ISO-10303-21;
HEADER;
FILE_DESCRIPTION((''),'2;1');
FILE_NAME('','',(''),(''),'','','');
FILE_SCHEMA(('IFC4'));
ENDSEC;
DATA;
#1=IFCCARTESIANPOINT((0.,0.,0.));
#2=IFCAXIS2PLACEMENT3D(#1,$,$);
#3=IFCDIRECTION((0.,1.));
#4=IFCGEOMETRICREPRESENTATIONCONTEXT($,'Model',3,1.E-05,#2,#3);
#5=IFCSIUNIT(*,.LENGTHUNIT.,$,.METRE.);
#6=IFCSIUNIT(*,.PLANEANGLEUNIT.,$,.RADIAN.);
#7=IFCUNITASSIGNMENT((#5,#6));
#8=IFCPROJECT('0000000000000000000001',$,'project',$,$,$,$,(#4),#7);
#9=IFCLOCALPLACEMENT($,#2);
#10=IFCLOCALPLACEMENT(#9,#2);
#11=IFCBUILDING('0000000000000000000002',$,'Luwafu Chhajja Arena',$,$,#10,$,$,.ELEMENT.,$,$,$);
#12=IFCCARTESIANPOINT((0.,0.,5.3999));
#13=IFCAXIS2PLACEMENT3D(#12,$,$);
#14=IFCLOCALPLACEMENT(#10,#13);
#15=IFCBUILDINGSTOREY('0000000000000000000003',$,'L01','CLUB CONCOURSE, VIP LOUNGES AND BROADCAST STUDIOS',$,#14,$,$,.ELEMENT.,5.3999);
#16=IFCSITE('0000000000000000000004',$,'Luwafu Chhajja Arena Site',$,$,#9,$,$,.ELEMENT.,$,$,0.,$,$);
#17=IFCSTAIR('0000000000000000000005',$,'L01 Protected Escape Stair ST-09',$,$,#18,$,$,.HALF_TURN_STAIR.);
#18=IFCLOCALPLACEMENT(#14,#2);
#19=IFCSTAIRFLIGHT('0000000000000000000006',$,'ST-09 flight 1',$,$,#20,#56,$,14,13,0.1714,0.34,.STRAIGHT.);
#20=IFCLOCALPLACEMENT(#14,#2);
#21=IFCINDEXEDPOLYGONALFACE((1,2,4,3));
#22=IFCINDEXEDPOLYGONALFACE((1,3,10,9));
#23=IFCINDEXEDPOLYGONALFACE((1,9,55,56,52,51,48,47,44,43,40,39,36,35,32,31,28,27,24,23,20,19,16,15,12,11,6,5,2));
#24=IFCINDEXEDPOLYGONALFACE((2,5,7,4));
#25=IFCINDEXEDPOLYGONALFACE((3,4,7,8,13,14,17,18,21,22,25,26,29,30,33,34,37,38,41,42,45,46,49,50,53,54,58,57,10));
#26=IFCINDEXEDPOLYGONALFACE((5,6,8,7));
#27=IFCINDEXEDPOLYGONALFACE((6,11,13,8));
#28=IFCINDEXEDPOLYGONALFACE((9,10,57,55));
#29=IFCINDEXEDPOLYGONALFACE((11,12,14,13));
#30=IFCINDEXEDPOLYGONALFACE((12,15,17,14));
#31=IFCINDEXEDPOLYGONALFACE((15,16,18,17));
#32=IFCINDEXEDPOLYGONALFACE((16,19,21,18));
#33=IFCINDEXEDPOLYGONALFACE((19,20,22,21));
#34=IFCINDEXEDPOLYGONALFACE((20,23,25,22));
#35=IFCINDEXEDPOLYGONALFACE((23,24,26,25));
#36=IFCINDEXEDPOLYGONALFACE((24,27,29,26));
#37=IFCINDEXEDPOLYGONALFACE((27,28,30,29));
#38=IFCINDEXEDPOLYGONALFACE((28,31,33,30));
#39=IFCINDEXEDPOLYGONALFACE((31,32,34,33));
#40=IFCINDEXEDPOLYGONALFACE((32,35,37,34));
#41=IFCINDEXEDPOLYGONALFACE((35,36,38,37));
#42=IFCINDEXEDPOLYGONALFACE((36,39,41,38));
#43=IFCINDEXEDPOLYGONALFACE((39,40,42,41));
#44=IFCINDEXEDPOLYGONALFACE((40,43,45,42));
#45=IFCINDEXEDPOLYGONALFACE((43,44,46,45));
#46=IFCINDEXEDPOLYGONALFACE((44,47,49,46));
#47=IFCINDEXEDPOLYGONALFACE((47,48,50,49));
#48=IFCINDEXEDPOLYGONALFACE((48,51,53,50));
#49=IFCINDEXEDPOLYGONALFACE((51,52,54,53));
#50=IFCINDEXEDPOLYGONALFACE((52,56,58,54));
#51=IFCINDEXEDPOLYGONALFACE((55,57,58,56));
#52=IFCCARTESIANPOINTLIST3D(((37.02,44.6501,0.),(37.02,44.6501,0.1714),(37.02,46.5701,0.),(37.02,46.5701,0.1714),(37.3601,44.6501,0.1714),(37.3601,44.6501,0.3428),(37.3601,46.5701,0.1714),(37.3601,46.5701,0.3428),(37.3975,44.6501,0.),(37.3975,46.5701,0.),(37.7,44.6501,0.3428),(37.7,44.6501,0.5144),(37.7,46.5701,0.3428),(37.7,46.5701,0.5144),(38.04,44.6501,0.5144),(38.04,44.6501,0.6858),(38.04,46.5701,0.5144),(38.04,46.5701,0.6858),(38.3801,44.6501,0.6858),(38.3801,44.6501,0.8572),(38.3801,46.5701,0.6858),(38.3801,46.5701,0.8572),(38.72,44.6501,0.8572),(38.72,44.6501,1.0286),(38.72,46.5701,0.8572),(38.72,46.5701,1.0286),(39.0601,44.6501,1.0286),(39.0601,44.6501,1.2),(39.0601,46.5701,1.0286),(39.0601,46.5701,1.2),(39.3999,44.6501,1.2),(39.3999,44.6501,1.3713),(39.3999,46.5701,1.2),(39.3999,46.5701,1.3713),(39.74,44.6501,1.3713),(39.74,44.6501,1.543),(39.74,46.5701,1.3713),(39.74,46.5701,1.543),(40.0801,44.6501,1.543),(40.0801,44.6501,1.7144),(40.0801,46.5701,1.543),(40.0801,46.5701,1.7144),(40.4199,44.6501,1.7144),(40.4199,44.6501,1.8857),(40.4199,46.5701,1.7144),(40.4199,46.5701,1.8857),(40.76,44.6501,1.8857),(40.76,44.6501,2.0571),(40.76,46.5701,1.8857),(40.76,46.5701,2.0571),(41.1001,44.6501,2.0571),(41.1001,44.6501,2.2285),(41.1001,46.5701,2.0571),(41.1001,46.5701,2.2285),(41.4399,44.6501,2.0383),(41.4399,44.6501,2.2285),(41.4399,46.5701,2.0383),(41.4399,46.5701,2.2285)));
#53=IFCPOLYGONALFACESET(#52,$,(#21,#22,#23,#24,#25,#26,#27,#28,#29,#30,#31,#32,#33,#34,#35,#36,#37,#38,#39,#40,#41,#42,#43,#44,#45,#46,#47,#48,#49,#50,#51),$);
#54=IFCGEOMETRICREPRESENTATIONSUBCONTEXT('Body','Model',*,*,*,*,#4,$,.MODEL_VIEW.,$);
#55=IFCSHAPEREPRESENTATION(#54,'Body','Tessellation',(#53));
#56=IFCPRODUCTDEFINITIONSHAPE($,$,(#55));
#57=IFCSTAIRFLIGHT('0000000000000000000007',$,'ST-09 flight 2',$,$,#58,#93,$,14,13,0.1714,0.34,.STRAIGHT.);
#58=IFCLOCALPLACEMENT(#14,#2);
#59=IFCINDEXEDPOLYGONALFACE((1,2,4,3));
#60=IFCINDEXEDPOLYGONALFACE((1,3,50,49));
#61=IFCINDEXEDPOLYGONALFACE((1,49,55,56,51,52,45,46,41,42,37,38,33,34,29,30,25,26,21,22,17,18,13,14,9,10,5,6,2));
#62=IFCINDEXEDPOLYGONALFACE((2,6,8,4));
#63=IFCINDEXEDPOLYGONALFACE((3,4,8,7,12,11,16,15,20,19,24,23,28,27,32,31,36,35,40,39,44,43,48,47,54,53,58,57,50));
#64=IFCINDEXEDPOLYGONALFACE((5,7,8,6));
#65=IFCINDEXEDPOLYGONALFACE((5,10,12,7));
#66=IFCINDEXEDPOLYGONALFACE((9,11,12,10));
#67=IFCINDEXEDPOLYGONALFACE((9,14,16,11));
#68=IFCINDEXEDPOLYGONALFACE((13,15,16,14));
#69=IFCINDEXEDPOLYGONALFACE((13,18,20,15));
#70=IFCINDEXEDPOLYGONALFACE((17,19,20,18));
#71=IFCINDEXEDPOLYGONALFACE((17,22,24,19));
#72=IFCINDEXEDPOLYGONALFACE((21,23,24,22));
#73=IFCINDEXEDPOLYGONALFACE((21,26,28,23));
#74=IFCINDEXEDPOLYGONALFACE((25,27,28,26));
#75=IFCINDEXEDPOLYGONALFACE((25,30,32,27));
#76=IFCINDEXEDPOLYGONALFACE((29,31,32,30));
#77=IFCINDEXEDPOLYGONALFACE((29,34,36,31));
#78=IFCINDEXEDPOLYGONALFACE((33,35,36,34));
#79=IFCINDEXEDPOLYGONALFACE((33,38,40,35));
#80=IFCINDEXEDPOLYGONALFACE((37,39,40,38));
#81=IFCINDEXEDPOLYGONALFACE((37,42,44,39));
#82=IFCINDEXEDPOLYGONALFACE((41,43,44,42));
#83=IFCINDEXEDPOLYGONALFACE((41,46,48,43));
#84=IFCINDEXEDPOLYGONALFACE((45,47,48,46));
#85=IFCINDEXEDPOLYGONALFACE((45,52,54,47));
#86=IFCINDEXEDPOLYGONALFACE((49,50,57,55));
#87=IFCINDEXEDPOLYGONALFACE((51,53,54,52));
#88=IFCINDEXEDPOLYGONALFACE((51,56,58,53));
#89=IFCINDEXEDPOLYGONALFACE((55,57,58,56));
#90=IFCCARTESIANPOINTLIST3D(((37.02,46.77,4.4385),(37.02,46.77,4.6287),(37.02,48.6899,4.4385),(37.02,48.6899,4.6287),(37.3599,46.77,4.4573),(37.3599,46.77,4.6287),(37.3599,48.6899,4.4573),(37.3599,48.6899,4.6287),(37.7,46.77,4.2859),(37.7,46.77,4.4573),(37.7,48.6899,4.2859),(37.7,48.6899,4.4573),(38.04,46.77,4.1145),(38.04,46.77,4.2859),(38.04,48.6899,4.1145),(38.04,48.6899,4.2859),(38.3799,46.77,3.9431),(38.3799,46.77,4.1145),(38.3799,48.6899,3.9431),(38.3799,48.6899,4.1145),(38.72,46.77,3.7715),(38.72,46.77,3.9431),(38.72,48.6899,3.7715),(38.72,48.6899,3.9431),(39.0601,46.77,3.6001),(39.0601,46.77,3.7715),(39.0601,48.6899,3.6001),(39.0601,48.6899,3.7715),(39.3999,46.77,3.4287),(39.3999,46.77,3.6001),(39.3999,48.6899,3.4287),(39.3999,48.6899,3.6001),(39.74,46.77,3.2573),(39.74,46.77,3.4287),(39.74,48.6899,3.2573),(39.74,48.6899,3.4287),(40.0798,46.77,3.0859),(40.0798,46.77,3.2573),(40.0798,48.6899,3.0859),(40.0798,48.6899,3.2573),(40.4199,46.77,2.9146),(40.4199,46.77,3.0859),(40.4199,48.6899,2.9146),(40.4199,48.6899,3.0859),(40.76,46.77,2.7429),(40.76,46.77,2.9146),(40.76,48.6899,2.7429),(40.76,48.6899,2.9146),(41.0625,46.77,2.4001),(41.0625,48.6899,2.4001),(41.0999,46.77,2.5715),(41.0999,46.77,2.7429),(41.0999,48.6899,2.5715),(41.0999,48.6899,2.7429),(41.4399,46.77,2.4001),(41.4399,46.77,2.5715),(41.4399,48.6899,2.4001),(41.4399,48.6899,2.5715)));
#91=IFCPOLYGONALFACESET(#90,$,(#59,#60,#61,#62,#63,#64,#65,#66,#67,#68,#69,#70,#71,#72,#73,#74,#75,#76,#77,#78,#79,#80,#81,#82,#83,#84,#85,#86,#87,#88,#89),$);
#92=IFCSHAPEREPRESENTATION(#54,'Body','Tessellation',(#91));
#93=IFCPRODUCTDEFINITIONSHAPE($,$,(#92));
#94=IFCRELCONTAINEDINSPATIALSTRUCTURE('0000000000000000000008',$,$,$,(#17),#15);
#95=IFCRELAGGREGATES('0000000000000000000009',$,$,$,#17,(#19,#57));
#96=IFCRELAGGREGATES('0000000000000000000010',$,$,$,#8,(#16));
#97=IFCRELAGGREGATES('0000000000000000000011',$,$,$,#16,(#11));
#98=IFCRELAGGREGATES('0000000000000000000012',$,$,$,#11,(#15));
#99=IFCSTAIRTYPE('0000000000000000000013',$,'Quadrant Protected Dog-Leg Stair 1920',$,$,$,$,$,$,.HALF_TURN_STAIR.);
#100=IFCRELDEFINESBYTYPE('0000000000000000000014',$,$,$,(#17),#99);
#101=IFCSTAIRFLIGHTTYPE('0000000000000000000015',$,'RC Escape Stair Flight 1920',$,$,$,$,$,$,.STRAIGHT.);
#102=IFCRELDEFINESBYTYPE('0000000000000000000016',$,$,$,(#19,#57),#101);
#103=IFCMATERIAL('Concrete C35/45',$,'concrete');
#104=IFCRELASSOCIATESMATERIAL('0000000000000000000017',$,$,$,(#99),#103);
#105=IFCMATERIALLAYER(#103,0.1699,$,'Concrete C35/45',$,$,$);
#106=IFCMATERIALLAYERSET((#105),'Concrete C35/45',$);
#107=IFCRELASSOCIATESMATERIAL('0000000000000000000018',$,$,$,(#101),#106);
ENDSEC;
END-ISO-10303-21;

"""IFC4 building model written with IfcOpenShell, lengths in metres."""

from ifc_helpers import new_model, si_unit, direction, frame, origin, place, context, subcontext, project, spatial, polyline, outline, extrude, material, layer, layer_set, type_object, element, aggregate, save


model = new_model("IFC4")

# Units and contexts
model_context = context("Model", 3, precision=1e-05, world=origin(), true_north=direction((0.0, 1.0)))
body_context = subcontext(model_context, "Body", "Model", "MODEL_VIEW")
ifc_project = project(units=[si_unit("LENGTHUNIT", "METRE"), si_unit("PLANEANGLEUNIT", "RADIAN")], contexts=[model_context])

# Site, building, storey
site_placement = place(None, origin())
site = spatial("IfcSite", under=ifc_project, at=site_placement, Name="Luwafu Chhajja Arena Site", CompositionType="ELEMENT", RefElevation=0.0)
building_placement = place(site_placement, origin())
building = spatial("IfcBuilding", under=site, at=building_placement, Name="Luwafu Chhajja Arena", CompositionType="ELEMENT")
storey_placement = place(building_placement, frame((0.0, 0.0, 5.3999)))
storey = spatial("IfcBuildingStorey", under=building, at=storey_placement, Name="L01", Description="CLUB CONCOURSE, VIP LOUNGES AND BROADCAST STUDIOS", CompositionType="ELEMENT", Elevation=5.3999)

# Shared definitions
ifc_material_1 = material(Name="Concrete C35/45", Category="concrete")

# Stair, stair flights
stair_type = type_object("IfcStairType", Name="Quadrant Protected Dog-Leg Stair 1920", PredefinedType="HALF_TURN_STAIR", material=ifc_material_1)
stair_placement = place(storey_placement, origin())
stair = element("IfcStair", 1, at=stair_placement, inside=storey, type_object=stair_type, Name="L01 Protected Escape Stair ST-09", PredefinedType="HALF_TURN_STAIR")
ifc_layer_1 = layer(ifc_material_1, 0.1699, Name="Concrete C35/45")
ifc_layer_set_1 = layer_set([ifc_layer_1], Name="Concrete C35/45")
stair_flight_type = type_object("IfcStairFlightType", Name="RC Escape Stair Flight 1920", PredefinedType="STRAIGHT", material=ifc_layer_set_1)
stair_flight_1_placement = place(storey_placement, frame((37.02, 45.6101, 0.0), z_axis=(0.0, 0.0, 1.0), x_axis=(1.0, 0.0, 0.0)))
stair_flight_1 = element("IfcStairFlight", 2, at=stair_flight_1_placement, type_object=stair_flight_type, Name="ST-09 flight 1", NumberOfRisers=14, NumberOfTreads=13, PredefinedType="STRAIGHT", RiserHeight=0.1714, TreadLength=0.34, context=body_context, shape_type="SweptSolid", body=[
    extrude(outline(polyline([(0.0, 0.0), (0.0, 0.1714), (0.3401, 0.1714), (0.3401, 0.3428), (0.6799, 0.3428), (0.6799, 0.5144), (1.02, 0.5144), (1.02, 0.6858), (1.3601, 0.6858), (1.3601, 0.8572), (1.7, 0.8572), (1.7, 1.0286), (2.04, 1.0286), (2.04, 1.2), (2.3799, 1.2), (2.3799, 1.3713), (2.72, 1.3713), (2.72, 1.543), (3.0601, 1.543), (3.0601, 1.7144), (3.3999, 1.7144), (3.3999, 1.8857), (3.74, 1.8857), (3.74, 2.0571), (4.0801, 2.0571), (4.0801, 2.2285), (4.4199, 2.2285), (4.4199, 2.3999), (4.4199, 2.0383), (0.3774, 0.0), (0.0, 0.0)])), frame((0.0, 0.96, 0.0), z_axis=(0.0, -1.0, 0.0), x_axis=(1.0, 0.0, 0.0)), (0.0, 0.0, 1.0), 1.9199),
])
stair_flight_2_placement = place(storey_placement, frame((41.4399, 47.73, 2.4001), z_axis=(0.0, 0.0, 1.0), x_axis=(-1.0, 0.0, 0.0)))
stair_flight_2 = element("IfcStairFlight", 3, at=stair_flight_2_placement, type_object=stair_flight_type, Name="ST-09 flight 2", NumberOfRisers=14, NumberOfTreads=13, PredefinedType="STRAIGHT", RiserHeight=0.1714, TreadLength=0.34, context=body_context, shape_type="SweptSolid", body=[
    extrude(outline(polyline([(0.0, 0.0), (0.0, 0.1714), (0.3401, 0.1714), (0.3401, 0.3428), (0.6799, 0.3428), (0.6799, 0.5144), (1.02, 0.5144), (1.02, 0.6858), (1.3601, 0.6858), (1.3601, 0.8572), (1.7, 0.8572), (1.7, 1.0286), (2.04, 1.0286), (2.04, 1.2), (2.3799, 1.2), (2.3799, 1.3713), (2.72, 1.3713), (2.72, 1.543), (3.0601, 1.543), (3.0601, 1.7144), (3.3999, 1.7144), (3.3999, 1.8857), (3.74, 1.8857), (3.74, 2.0571), (4.0801, 2.0571), (4.0801, 2.2285), (4.4199, 2.2285), (4.4199, 2.3999), (4.4199, 2.0383), (0.3774, 0.0), (0.0, 0.0)])), frame((0.0, 0.96, 0.0), z_axis=(0.0, -1.0, 0.0), x_axis=(1.0, 0.0, 0.0)), (0.0, 0.0, 1.0), 1.9199),
])
aggregate(stair, [stair_flight_1, stair_flight_2])

save(model, "model.ifc")
